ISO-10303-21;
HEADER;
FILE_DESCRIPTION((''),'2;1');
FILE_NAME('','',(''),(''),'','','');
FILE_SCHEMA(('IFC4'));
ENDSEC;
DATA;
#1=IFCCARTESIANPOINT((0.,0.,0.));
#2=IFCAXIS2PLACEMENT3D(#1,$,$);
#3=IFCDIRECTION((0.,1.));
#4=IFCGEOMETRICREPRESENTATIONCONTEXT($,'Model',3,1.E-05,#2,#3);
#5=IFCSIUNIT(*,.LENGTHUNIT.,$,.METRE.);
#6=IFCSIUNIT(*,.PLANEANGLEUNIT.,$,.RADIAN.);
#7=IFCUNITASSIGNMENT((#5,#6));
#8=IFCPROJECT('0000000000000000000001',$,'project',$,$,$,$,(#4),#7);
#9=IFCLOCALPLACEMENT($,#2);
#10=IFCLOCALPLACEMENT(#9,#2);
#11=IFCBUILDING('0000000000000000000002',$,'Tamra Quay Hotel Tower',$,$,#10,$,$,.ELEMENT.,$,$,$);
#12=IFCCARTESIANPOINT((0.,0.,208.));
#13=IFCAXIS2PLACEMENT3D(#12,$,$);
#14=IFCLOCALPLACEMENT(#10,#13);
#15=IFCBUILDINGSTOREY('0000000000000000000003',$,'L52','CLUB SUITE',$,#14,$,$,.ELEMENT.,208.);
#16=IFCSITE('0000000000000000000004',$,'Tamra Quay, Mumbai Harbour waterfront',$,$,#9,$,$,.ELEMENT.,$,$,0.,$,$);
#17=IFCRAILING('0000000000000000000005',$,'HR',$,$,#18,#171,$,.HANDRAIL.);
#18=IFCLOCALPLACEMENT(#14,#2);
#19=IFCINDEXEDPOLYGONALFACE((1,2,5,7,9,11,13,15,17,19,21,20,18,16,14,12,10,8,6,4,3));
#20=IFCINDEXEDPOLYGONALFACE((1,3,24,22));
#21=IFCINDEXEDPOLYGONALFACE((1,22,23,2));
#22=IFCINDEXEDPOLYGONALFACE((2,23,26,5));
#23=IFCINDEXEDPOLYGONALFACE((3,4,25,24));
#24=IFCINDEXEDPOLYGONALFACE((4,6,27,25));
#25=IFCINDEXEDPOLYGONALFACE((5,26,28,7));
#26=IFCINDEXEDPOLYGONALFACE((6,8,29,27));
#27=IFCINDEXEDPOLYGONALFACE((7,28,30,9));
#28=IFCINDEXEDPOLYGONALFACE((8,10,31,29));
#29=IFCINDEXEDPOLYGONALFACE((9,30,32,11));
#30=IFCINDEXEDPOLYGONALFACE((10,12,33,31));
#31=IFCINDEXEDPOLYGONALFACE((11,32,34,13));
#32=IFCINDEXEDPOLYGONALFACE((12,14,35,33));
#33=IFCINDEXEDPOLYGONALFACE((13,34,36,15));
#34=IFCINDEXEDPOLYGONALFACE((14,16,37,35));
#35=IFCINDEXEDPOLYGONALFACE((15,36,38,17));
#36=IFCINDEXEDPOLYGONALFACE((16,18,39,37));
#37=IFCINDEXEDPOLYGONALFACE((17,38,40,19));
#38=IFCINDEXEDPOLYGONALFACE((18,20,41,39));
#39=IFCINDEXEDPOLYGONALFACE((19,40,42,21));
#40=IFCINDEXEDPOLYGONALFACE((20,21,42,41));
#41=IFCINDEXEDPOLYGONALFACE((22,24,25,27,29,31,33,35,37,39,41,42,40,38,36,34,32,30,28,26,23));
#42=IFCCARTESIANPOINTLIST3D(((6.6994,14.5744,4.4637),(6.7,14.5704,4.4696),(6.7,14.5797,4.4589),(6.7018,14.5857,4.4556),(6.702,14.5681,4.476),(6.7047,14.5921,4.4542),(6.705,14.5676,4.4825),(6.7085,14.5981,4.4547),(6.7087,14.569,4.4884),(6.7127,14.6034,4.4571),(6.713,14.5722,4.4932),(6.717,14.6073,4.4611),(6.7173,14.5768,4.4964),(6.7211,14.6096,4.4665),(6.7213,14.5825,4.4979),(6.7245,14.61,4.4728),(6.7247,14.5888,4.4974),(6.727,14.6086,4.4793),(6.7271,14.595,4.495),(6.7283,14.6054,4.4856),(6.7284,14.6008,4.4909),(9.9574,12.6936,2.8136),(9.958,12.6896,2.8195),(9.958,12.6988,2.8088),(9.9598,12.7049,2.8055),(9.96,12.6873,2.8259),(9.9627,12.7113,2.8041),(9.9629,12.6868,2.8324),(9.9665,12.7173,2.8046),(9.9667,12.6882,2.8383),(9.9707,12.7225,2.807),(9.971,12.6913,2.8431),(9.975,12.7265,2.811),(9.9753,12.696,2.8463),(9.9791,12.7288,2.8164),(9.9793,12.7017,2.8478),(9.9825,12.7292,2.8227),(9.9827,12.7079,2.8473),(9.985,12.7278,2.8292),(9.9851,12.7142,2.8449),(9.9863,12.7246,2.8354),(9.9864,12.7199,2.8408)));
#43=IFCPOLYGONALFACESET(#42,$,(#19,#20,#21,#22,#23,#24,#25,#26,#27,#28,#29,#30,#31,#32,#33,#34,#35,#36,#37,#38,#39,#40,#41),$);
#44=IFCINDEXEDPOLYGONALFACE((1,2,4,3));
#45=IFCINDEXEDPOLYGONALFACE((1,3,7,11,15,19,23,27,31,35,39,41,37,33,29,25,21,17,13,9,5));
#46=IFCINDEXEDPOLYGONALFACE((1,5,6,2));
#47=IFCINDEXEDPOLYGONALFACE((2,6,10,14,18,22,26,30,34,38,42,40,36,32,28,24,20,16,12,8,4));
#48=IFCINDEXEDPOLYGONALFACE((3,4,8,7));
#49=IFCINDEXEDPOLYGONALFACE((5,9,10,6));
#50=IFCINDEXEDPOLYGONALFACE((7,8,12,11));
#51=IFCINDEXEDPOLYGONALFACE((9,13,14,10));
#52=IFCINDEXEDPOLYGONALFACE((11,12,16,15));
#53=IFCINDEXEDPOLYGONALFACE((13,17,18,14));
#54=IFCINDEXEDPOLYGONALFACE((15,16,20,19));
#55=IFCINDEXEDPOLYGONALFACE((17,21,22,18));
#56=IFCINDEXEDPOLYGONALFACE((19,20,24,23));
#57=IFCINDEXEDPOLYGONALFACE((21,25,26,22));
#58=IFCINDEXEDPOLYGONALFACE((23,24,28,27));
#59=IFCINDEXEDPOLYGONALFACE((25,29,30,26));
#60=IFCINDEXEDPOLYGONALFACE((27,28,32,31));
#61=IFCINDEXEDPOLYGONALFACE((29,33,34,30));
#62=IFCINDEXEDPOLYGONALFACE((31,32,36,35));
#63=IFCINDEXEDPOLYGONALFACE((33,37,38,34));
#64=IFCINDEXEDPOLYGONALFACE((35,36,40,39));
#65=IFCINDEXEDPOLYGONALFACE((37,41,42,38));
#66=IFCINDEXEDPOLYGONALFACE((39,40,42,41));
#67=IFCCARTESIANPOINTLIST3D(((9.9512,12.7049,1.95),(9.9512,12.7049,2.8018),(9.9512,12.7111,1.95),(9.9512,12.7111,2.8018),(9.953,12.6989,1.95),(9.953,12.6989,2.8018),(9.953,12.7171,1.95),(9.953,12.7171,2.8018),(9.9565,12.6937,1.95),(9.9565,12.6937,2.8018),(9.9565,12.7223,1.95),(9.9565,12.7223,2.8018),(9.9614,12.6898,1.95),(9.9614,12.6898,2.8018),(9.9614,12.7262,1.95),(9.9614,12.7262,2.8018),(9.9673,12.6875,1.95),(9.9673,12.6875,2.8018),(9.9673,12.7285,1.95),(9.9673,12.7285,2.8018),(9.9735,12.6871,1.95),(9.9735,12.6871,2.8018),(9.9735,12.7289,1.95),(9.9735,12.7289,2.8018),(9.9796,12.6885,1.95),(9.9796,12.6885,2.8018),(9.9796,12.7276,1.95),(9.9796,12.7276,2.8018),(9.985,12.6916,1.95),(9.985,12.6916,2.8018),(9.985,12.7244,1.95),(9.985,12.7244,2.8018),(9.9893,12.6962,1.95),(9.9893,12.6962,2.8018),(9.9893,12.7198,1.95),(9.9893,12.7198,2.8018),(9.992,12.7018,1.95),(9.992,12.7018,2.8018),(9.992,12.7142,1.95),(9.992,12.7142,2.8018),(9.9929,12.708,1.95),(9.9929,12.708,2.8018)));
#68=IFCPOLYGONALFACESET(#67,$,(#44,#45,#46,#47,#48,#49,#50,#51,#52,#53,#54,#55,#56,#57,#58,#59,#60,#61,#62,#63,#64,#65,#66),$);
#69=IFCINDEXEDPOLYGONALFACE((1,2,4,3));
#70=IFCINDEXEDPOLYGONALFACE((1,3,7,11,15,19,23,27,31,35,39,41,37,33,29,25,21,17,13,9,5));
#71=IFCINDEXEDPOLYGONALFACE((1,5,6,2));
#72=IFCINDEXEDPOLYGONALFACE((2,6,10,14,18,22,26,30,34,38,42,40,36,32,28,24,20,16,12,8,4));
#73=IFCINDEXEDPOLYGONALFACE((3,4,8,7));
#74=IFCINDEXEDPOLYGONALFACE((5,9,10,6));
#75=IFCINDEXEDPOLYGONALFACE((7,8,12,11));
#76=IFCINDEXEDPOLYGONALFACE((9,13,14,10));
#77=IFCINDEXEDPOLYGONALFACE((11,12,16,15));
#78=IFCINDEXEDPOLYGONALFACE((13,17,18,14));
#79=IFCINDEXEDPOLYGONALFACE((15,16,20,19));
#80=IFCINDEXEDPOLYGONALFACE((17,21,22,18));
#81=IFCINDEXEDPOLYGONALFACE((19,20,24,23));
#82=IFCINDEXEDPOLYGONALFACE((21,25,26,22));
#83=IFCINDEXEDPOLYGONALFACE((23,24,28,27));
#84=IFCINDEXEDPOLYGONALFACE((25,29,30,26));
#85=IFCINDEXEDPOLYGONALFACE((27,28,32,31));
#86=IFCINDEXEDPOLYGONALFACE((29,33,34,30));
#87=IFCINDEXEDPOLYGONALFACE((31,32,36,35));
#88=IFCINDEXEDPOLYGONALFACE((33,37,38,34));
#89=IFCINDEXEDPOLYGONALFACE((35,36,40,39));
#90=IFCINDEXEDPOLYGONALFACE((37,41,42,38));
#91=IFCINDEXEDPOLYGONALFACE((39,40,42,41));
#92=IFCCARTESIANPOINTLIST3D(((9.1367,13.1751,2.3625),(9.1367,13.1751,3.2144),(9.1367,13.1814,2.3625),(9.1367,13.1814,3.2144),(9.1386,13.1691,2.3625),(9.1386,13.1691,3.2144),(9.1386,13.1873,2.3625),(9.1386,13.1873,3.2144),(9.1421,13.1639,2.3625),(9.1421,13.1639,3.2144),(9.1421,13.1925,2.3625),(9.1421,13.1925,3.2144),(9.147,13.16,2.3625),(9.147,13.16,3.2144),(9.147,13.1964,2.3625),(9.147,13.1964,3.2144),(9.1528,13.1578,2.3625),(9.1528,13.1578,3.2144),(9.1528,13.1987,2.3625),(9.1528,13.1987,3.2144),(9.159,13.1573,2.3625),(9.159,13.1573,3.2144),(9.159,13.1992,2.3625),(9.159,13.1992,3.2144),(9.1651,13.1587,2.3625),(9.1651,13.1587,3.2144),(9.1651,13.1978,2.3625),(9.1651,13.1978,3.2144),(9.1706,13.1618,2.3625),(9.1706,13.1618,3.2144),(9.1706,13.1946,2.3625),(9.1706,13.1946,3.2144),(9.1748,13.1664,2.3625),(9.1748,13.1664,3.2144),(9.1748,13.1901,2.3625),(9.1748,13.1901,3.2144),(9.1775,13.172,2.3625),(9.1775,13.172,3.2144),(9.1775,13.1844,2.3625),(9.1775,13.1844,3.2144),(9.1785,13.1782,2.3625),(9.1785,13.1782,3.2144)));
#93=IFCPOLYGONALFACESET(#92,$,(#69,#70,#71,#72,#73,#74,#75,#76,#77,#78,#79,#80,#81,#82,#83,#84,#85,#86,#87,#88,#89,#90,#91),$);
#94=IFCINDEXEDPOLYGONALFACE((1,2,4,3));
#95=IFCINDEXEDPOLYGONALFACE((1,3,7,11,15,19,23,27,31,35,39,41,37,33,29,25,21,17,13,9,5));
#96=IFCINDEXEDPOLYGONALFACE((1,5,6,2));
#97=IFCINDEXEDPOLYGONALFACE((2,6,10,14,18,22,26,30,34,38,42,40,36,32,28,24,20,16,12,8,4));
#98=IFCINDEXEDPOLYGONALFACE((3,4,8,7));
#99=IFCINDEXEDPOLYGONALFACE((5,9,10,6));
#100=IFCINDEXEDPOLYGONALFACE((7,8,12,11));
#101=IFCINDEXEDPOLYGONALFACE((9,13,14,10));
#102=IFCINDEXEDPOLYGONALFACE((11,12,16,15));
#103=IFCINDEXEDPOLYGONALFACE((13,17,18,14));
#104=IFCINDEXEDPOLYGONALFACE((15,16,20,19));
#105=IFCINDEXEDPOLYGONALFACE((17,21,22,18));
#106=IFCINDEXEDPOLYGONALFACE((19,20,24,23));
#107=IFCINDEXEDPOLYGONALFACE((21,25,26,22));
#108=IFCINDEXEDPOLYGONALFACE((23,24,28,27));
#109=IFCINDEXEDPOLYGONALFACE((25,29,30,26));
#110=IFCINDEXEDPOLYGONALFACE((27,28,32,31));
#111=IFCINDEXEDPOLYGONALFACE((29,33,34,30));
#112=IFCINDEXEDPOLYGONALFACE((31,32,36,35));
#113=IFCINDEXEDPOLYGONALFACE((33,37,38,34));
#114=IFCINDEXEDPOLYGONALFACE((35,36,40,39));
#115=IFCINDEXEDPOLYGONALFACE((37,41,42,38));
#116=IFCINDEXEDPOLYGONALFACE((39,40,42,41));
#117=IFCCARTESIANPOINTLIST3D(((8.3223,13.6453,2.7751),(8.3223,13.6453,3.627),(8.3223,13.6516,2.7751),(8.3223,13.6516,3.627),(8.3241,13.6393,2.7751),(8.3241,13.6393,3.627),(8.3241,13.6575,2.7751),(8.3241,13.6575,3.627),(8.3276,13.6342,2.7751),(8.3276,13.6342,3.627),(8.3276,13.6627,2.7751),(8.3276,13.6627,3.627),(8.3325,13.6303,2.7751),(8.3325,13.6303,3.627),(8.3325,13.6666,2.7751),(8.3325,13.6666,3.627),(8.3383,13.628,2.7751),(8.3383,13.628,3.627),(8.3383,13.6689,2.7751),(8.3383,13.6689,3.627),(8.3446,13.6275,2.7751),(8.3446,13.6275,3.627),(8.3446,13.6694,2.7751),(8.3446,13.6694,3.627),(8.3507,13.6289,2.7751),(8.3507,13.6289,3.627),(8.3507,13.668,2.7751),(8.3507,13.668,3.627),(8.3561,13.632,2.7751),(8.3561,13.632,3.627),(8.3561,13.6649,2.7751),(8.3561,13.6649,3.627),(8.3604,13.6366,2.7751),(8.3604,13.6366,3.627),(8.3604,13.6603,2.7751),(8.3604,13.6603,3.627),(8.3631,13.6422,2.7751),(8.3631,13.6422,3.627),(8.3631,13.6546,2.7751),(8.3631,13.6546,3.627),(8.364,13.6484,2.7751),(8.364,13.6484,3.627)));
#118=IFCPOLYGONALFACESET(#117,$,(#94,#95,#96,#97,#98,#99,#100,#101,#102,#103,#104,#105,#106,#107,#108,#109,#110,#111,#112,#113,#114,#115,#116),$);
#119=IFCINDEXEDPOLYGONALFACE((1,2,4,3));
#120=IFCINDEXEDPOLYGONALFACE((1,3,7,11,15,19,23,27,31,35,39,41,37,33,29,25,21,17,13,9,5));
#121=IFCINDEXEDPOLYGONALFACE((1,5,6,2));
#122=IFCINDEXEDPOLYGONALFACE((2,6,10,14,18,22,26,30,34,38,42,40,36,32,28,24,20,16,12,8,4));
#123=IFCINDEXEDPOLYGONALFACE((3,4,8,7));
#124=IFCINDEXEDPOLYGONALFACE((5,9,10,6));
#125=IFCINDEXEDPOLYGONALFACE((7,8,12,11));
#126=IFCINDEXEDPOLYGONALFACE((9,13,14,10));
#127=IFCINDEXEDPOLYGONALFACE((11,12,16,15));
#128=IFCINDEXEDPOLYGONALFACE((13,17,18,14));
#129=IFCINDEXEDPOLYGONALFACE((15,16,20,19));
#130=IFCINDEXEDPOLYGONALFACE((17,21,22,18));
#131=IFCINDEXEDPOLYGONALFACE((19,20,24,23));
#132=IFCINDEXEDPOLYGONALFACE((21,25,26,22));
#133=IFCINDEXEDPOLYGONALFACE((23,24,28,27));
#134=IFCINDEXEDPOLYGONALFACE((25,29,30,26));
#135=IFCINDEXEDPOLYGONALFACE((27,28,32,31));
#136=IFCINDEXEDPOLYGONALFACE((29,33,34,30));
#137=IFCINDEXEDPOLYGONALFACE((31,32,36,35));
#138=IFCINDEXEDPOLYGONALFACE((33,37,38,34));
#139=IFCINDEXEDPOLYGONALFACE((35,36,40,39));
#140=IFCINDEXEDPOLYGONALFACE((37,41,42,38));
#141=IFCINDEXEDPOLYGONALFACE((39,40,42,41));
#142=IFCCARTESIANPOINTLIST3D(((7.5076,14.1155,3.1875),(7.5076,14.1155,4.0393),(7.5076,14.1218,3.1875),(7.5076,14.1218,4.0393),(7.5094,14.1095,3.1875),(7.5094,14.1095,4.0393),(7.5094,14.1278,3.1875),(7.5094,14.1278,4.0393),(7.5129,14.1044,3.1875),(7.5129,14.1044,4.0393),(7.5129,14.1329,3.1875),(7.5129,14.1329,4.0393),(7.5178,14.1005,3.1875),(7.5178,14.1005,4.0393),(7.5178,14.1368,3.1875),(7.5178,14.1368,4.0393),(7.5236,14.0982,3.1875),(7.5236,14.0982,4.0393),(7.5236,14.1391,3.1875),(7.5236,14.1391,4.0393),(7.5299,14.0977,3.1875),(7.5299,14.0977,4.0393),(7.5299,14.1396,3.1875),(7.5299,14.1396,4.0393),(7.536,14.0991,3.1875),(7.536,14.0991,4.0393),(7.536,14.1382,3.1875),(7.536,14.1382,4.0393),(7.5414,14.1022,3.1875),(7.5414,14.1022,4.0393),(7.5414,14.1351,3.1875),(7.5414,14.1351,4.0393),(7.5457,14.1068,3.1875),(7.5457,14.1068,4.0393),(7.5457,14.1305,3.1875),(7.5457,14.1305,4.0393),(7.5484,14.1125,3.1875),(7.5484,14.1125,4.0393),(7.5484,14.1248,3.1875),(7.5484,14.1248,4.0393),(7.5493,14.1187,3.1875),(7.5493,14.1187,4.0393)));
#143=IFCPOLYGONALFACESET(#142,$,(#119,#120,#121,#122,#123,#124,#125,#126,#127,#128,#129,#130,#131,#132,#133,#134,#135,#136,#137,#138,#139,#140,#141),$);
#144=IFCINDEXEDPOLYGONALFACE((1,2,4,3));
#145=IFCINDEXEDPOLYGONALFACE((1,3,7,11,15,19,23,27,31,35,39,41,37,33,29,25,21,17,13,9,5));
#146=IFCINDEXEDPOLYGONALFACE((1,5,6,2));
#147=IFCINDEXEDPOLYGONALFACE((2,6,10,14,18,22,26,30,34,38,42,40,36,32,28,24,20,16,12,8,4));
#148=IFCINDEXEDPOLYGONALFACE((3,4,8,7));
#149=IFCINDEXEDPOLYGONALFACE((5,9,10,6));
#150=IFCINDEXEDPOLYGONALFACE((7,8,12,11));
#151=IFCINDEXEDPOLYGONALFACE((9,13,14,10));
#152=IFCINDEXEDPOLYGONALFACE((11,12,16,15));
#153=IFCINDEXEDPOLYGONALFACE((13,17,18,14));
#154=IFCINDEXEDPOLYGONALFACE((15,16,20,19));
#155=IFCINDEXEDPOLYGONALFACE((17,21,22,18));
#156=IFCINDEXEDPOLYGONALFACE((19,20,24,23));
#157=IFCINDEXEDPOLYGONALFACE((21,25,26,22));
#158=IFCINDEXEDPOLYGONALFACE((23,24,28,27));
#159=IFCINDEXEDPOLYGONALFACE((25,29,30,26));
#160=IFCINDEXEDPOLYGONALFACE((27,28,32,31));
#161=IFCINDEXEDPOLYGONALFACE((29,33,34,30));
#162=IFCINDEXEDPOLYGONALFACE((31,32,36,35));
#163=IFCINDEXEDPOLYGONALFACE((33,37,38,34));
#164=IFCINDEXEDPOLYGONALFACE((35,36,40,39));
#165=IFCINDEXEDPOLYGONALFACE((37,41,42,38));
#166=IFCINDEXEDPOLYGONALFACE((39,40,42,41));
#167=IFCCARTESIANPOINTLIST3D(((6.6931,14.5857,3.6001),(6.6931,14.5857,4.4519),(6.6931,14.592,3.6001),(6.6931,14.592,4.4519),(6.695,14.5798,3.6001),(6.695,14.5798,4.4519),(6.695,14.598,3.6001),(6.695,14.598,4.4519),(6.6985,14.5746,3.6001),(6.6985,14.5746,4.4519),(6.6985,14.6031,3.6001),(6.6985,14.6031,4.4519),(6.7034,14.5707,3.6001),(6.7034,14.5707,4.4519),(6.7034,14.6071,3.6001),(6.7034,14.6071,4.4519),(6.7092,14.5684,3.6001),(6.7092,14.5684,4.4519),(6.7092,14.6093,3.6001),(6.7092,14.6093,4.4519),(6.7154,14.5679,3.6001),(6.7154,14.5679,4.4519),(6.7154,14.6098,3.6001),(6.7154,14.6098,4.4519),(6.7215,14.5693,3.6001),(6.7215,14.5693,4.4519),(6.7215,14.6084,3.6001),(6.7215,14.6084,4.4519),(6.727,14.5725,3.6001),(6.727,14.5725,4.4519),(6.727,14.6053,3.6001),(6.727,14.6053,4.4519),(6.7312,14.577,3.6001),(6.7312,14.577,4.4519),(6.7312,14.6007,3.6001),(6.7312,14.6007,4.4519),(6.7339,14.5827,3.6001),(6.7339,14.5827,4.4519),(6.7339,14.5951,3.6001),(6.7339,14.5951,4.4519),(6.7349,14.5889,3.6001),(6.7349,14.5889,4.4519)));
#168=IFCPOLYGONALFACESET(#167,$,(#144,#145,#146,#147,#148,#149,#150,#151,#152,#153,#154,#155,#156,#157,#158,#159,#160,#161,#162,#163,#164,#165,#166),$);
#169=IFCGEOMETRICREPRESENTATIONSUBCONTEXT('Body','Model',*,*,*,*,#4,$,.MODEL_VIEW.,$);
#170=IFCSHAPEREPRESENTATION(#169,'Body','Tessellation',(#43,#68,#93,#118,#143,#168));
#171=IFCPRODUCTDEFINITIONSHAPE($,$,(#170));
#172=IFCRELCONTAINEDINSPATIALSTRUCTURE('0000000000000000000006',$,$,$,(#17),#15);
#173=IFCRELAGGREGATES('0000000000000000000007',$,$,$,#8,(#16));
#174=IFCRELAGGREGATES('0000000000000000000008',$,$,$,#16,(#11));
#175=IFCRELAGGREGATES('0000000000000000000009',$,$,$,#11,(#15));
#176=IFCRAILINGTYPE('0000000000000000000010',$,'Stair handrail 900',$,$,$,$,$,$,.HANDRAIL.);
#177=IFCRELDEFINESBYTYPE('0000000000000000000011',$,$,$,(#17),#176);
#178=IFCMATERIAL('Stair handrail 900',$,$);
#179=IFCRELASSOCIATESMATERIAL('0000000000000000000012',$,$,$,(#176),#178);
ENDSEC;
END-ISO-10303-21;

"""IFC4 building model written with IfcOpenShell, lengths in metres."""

from ifc_helpers import new_model, si_unit, direction, frame, origin, origin_2d, place, context, subcontext, project, spatial, circle, extrude, material, type_object, element, save


model = new_model("IFC4")

# Units and contexts
model_context = context("Model", 3, precision=1e-05, world=origin(), true_north=direction((0.0, 1.0)))
body_context = subcontext(model_context, "Body", "Model", "MODEL_VIEW")
ifc_project = project(units=[si_unit("LENGTHUNIT", "METRE"), si_unit("PLANEANGLEUNIT", "RADIAN")], contexts=[model_context])

# Site, building, storey
site_placement = place(None, origin())
site = spatial("IfcSite", under=ifc_project, at=site_placement, Name="Tamra Quay, Mumbai Harbour waterfront", CompositionType="ELEMENT", RefElevation=0.0)
building_placement = place(site_placement, origin())
building = spatial("IfcBuilding", under=site, at=building_placement, Name="Tamra Quay Hotel Tower", CompositionType="ELEMENT")
storey_placement = place(building_placement, frame((0.0, 0.0, 208.0)))
storey = spatial("IfcBuildingStorey", under=building, at=storey_placement, Name="L52", Description="CLUB SUITE", CompositionType="ELEMENT", Elevation=208.0)

# Railing
ifc_material_1 = material(Name="Stair handrail 900")
railing_type_1 = type_object("IfcRailingType", Name="Stair handrail 900", PredefinedType="HANDRAIL", material=ifc_material_1)
railing_1_placement = place(storey_placement, frame((9.9719, 12.708, 1.95)))
element("IfcRailing", 1, at=railing_1_placement, inside=storey, type_object=railing_type_1, Name="HR", PredefinedType="HANDRAIL", context=body_context, shape_type="SweptSolid", body=[
    extrude(circle(Radius=0.0239, at=origin_2d()), frame((0.0, 0.0, 0.876), z_axis=(-0.793103, 0.457854, 0.401692), x_axis=(-0.499964, -0.866046, 0.0)), (0.0, 0.0, 1.0), 4.1079),
    extrude(circle(Radius=0.021, at=origin_2d()), origin(), (0.0, 0.0, 1.0), 0.8518),
    extrude(circle(Radius=0.021, at=origin_2d()), frame((-0.8145, 0.4702, 0.4126)), (0.0, 0.0, 1.0), 0.8518),
    extrude(circle(Radius=0.021, at=origin_2d()), frame((-1.6289, 0.9404, 0.8252)), (0.0, 0.0, 1.0), 0.8518),
    extrude(circle(Radius=0.021, at=origin_2d()), frame((-2.4436, 1.4106, 1.2375)), (0.0, 0.0, 1.0), 0.8518),
    extrude(circle(Radius=0.021, at=origin_2d()), frame((-3.2581, 1.8809, 1.6501)), (0.0, 0.0, 1.0), 0.8518),
])

save(model, "model.ifc")
